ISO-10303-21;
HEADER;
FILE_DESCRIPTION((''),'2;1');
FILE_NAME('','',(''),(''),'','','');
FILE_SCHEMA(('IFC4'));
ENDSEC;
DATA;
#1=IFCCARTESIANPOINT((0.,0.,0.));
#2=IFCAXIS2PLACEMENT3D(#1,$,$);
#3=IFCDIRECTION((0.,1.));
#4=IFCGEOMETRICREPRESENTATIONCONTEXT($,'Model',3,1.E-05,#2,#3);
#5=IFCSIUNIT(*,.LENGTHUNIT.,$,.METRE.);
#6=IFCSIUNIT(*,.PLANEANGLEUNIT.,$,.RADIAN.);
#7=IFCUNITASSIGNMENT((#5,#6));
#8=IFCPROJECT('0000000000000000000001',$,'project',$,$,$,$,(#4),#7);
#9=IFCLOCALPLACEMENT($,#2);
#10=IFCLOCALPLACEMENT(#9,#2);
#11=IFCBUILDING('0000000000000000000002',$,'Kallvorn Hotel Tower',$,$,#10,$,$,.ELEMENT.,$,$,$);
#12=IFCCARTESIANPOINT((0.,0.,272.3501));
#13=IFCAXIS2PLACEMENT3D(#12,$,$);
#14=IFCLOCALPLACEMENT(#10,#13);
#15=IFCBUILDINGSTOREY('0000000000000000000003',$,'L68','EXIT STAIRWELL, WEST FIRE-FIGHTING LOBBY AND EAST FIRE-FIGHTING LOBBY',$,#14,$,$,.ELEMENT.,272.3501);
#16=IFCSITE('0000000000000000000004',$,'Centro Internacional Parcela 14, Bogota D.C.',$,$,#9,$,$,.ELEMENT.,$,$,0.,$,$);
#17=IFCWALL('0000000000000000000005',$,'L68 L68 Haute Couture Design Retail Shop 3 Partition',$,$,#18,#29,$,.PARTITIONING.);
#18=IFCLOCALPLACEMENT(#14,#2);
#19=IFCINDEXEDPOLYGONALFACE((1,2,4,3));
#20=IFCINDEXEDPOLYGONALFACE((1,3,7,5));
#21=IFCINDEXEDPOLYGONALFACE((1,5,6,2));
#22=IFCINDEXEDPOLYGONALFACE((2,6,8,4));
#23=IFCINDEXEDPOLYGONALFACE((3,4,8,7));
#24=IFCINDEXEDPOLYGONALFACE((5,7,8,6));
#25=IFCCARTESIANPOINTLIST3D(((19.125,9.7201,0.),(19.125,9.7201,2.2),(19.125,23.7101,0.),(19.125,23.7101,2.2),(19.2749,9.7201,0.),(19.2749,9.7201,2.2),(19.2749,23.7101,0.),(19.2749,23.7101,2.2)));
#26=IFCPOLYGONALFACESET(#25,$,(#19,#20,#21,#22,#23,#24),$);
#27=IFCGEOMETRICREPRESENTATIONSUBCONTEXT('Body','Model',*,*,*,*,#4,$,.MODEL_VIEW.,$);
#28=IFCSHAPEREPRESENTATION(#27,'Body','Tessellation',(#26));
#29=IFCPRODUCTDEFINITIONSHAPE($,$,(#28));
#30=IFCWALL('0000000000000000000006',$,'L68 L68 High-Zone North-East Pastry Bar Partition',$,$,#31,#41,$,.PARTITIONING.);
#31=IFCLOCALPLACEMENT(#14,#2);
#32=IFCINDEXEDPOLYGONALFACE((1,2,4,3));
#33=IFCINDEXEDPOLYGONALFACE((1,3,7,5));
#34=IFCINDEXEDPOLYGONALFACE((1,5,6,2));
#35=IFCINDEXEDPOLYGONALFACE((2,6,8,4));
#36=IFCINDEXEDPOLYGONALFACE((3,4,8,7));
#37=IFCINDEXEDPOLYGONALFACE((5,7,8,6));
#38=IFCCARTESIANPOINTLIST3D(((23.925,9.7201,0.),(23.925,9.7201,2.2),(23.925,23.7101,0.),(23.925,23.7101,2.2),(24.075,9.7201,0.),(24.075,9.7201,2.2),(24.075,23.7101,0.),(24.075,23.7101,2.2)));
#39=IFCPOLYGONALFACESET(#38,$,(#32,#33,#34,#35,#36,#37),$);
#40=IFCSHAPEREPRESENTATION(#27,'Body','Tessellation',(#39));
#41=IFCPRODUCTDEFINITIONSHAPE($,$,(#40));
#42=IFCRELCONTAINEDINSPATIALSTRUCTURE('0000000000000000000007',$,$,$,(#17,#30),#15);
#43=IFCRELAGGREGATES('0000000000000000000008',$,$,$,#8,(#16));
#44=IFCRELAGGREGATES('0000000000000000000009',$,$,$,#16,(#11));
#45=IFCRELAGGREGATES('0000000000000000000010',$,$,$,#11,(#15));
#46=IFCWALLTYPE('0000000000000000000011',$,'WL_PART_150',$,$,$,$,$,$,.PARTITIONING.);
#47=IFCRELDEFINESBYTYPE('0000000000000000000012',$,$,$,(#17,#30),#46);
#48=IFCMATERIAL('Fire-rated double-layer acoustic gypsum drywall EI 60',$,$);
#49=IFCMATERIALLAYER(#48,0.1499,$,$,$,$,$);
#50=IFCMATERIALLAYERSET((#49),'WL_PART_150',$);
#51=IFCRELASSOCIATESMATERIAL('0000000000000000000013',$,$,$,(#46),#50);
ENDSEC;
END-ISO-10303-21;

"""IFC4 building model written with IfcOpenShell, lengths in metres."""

from ifc_helpers import new_model, si_unit, direction, frame, frame_2d, origin, place, context, subcontext, project, spatial, rectangle, extrude, material, layer, layer_set, type_object, element, save


model = new_model("IFC4")

# Units and contexts
model_context = context("Model", 3, precision=1e-05, world=origin(), true_north=direction((0.0, 1.0)))
body_context = subcontext(model_context, "Body", "Model", "MODEL_VIEW")
ifc_project = project(units=[si_unit("LENGTHUNIT", "METRE"), si_unit("PLANEANGLEUNIT", "RADIAN")], contexts=[model_context])

# Site, building, storey
site_placement = place(None, origin())
site = spatial("IfcSite", under=ifc_project, at=site_placement, Name="Centro Internacional Parcela 14, Bogota D.C.", CompositionType="ELEMENT", RefElevation=0.0)
building_placement = place(site_placement, origin())
building = spatial("IfcBuilding", under=site, at=building_placement, Name="Kallvorn Hotel Tower", CompositionType="ELEMENT")
storey_placement = place(building_placement, frame((0.0, 0.0, 272.3501)))
storey = spatial("IfcBuildingStorey", under=building, at=storey_placement, Name="L68", Description="EXIT STAIRWELL, WEST FIRE-FIGHTING LOBBY AND EAST FIRE-FIGHTING LOBBY", CompositionType="ELEMENT", Elevation=272.3501)

# Walls
ifc_material_1 = material(Name="Fire-rated double-layer acoustic gypsum drywall EI 60")
ifc_layer_1 = layer(ifc_material_1, 0.1499)
ifc_layer_set_1 = layer_set([ifc_layer_1], Name="WL_PART_150")
wall_type = type_object("IfcWallType", Name="WL_PART_150", PredefinedType="PARTITIONING", material=ifc_layer_set_1)
for number, where, z_axis, x_axis, name in (
    (1, (19.2, 9.72, 0.0), (0.0, 0.0, 1.0), (0.0, 1.0, 0.0), "L68 L68 Haute Couture Design Retail Shop 3 Partition"),
    (2, (24.0, 9.72, 0.0), (0.0, 0.0, 1.0), (0.0, 1.0, 0.0), "L68 L68 High-Zone North-East Pastry Bar Partition"),
):
    element("IfcWall", number, at=place(storey_placement, frame(where, z_axis=z_axis, x_axis=x_axis)), inside=storey, type_object=wall_type, Name=name, PredefinedType="PARTITIONING", context=body_context, shape_type="SweptSolid", body=[
        extrude(rectangle(XDim=13.99, YDim=0.1499, at=frame_2d((6.9951, 0.0))), origin(), (0.0, 0.0, 1.0), 2.2),
    ])

save(model, "model.ifc")
